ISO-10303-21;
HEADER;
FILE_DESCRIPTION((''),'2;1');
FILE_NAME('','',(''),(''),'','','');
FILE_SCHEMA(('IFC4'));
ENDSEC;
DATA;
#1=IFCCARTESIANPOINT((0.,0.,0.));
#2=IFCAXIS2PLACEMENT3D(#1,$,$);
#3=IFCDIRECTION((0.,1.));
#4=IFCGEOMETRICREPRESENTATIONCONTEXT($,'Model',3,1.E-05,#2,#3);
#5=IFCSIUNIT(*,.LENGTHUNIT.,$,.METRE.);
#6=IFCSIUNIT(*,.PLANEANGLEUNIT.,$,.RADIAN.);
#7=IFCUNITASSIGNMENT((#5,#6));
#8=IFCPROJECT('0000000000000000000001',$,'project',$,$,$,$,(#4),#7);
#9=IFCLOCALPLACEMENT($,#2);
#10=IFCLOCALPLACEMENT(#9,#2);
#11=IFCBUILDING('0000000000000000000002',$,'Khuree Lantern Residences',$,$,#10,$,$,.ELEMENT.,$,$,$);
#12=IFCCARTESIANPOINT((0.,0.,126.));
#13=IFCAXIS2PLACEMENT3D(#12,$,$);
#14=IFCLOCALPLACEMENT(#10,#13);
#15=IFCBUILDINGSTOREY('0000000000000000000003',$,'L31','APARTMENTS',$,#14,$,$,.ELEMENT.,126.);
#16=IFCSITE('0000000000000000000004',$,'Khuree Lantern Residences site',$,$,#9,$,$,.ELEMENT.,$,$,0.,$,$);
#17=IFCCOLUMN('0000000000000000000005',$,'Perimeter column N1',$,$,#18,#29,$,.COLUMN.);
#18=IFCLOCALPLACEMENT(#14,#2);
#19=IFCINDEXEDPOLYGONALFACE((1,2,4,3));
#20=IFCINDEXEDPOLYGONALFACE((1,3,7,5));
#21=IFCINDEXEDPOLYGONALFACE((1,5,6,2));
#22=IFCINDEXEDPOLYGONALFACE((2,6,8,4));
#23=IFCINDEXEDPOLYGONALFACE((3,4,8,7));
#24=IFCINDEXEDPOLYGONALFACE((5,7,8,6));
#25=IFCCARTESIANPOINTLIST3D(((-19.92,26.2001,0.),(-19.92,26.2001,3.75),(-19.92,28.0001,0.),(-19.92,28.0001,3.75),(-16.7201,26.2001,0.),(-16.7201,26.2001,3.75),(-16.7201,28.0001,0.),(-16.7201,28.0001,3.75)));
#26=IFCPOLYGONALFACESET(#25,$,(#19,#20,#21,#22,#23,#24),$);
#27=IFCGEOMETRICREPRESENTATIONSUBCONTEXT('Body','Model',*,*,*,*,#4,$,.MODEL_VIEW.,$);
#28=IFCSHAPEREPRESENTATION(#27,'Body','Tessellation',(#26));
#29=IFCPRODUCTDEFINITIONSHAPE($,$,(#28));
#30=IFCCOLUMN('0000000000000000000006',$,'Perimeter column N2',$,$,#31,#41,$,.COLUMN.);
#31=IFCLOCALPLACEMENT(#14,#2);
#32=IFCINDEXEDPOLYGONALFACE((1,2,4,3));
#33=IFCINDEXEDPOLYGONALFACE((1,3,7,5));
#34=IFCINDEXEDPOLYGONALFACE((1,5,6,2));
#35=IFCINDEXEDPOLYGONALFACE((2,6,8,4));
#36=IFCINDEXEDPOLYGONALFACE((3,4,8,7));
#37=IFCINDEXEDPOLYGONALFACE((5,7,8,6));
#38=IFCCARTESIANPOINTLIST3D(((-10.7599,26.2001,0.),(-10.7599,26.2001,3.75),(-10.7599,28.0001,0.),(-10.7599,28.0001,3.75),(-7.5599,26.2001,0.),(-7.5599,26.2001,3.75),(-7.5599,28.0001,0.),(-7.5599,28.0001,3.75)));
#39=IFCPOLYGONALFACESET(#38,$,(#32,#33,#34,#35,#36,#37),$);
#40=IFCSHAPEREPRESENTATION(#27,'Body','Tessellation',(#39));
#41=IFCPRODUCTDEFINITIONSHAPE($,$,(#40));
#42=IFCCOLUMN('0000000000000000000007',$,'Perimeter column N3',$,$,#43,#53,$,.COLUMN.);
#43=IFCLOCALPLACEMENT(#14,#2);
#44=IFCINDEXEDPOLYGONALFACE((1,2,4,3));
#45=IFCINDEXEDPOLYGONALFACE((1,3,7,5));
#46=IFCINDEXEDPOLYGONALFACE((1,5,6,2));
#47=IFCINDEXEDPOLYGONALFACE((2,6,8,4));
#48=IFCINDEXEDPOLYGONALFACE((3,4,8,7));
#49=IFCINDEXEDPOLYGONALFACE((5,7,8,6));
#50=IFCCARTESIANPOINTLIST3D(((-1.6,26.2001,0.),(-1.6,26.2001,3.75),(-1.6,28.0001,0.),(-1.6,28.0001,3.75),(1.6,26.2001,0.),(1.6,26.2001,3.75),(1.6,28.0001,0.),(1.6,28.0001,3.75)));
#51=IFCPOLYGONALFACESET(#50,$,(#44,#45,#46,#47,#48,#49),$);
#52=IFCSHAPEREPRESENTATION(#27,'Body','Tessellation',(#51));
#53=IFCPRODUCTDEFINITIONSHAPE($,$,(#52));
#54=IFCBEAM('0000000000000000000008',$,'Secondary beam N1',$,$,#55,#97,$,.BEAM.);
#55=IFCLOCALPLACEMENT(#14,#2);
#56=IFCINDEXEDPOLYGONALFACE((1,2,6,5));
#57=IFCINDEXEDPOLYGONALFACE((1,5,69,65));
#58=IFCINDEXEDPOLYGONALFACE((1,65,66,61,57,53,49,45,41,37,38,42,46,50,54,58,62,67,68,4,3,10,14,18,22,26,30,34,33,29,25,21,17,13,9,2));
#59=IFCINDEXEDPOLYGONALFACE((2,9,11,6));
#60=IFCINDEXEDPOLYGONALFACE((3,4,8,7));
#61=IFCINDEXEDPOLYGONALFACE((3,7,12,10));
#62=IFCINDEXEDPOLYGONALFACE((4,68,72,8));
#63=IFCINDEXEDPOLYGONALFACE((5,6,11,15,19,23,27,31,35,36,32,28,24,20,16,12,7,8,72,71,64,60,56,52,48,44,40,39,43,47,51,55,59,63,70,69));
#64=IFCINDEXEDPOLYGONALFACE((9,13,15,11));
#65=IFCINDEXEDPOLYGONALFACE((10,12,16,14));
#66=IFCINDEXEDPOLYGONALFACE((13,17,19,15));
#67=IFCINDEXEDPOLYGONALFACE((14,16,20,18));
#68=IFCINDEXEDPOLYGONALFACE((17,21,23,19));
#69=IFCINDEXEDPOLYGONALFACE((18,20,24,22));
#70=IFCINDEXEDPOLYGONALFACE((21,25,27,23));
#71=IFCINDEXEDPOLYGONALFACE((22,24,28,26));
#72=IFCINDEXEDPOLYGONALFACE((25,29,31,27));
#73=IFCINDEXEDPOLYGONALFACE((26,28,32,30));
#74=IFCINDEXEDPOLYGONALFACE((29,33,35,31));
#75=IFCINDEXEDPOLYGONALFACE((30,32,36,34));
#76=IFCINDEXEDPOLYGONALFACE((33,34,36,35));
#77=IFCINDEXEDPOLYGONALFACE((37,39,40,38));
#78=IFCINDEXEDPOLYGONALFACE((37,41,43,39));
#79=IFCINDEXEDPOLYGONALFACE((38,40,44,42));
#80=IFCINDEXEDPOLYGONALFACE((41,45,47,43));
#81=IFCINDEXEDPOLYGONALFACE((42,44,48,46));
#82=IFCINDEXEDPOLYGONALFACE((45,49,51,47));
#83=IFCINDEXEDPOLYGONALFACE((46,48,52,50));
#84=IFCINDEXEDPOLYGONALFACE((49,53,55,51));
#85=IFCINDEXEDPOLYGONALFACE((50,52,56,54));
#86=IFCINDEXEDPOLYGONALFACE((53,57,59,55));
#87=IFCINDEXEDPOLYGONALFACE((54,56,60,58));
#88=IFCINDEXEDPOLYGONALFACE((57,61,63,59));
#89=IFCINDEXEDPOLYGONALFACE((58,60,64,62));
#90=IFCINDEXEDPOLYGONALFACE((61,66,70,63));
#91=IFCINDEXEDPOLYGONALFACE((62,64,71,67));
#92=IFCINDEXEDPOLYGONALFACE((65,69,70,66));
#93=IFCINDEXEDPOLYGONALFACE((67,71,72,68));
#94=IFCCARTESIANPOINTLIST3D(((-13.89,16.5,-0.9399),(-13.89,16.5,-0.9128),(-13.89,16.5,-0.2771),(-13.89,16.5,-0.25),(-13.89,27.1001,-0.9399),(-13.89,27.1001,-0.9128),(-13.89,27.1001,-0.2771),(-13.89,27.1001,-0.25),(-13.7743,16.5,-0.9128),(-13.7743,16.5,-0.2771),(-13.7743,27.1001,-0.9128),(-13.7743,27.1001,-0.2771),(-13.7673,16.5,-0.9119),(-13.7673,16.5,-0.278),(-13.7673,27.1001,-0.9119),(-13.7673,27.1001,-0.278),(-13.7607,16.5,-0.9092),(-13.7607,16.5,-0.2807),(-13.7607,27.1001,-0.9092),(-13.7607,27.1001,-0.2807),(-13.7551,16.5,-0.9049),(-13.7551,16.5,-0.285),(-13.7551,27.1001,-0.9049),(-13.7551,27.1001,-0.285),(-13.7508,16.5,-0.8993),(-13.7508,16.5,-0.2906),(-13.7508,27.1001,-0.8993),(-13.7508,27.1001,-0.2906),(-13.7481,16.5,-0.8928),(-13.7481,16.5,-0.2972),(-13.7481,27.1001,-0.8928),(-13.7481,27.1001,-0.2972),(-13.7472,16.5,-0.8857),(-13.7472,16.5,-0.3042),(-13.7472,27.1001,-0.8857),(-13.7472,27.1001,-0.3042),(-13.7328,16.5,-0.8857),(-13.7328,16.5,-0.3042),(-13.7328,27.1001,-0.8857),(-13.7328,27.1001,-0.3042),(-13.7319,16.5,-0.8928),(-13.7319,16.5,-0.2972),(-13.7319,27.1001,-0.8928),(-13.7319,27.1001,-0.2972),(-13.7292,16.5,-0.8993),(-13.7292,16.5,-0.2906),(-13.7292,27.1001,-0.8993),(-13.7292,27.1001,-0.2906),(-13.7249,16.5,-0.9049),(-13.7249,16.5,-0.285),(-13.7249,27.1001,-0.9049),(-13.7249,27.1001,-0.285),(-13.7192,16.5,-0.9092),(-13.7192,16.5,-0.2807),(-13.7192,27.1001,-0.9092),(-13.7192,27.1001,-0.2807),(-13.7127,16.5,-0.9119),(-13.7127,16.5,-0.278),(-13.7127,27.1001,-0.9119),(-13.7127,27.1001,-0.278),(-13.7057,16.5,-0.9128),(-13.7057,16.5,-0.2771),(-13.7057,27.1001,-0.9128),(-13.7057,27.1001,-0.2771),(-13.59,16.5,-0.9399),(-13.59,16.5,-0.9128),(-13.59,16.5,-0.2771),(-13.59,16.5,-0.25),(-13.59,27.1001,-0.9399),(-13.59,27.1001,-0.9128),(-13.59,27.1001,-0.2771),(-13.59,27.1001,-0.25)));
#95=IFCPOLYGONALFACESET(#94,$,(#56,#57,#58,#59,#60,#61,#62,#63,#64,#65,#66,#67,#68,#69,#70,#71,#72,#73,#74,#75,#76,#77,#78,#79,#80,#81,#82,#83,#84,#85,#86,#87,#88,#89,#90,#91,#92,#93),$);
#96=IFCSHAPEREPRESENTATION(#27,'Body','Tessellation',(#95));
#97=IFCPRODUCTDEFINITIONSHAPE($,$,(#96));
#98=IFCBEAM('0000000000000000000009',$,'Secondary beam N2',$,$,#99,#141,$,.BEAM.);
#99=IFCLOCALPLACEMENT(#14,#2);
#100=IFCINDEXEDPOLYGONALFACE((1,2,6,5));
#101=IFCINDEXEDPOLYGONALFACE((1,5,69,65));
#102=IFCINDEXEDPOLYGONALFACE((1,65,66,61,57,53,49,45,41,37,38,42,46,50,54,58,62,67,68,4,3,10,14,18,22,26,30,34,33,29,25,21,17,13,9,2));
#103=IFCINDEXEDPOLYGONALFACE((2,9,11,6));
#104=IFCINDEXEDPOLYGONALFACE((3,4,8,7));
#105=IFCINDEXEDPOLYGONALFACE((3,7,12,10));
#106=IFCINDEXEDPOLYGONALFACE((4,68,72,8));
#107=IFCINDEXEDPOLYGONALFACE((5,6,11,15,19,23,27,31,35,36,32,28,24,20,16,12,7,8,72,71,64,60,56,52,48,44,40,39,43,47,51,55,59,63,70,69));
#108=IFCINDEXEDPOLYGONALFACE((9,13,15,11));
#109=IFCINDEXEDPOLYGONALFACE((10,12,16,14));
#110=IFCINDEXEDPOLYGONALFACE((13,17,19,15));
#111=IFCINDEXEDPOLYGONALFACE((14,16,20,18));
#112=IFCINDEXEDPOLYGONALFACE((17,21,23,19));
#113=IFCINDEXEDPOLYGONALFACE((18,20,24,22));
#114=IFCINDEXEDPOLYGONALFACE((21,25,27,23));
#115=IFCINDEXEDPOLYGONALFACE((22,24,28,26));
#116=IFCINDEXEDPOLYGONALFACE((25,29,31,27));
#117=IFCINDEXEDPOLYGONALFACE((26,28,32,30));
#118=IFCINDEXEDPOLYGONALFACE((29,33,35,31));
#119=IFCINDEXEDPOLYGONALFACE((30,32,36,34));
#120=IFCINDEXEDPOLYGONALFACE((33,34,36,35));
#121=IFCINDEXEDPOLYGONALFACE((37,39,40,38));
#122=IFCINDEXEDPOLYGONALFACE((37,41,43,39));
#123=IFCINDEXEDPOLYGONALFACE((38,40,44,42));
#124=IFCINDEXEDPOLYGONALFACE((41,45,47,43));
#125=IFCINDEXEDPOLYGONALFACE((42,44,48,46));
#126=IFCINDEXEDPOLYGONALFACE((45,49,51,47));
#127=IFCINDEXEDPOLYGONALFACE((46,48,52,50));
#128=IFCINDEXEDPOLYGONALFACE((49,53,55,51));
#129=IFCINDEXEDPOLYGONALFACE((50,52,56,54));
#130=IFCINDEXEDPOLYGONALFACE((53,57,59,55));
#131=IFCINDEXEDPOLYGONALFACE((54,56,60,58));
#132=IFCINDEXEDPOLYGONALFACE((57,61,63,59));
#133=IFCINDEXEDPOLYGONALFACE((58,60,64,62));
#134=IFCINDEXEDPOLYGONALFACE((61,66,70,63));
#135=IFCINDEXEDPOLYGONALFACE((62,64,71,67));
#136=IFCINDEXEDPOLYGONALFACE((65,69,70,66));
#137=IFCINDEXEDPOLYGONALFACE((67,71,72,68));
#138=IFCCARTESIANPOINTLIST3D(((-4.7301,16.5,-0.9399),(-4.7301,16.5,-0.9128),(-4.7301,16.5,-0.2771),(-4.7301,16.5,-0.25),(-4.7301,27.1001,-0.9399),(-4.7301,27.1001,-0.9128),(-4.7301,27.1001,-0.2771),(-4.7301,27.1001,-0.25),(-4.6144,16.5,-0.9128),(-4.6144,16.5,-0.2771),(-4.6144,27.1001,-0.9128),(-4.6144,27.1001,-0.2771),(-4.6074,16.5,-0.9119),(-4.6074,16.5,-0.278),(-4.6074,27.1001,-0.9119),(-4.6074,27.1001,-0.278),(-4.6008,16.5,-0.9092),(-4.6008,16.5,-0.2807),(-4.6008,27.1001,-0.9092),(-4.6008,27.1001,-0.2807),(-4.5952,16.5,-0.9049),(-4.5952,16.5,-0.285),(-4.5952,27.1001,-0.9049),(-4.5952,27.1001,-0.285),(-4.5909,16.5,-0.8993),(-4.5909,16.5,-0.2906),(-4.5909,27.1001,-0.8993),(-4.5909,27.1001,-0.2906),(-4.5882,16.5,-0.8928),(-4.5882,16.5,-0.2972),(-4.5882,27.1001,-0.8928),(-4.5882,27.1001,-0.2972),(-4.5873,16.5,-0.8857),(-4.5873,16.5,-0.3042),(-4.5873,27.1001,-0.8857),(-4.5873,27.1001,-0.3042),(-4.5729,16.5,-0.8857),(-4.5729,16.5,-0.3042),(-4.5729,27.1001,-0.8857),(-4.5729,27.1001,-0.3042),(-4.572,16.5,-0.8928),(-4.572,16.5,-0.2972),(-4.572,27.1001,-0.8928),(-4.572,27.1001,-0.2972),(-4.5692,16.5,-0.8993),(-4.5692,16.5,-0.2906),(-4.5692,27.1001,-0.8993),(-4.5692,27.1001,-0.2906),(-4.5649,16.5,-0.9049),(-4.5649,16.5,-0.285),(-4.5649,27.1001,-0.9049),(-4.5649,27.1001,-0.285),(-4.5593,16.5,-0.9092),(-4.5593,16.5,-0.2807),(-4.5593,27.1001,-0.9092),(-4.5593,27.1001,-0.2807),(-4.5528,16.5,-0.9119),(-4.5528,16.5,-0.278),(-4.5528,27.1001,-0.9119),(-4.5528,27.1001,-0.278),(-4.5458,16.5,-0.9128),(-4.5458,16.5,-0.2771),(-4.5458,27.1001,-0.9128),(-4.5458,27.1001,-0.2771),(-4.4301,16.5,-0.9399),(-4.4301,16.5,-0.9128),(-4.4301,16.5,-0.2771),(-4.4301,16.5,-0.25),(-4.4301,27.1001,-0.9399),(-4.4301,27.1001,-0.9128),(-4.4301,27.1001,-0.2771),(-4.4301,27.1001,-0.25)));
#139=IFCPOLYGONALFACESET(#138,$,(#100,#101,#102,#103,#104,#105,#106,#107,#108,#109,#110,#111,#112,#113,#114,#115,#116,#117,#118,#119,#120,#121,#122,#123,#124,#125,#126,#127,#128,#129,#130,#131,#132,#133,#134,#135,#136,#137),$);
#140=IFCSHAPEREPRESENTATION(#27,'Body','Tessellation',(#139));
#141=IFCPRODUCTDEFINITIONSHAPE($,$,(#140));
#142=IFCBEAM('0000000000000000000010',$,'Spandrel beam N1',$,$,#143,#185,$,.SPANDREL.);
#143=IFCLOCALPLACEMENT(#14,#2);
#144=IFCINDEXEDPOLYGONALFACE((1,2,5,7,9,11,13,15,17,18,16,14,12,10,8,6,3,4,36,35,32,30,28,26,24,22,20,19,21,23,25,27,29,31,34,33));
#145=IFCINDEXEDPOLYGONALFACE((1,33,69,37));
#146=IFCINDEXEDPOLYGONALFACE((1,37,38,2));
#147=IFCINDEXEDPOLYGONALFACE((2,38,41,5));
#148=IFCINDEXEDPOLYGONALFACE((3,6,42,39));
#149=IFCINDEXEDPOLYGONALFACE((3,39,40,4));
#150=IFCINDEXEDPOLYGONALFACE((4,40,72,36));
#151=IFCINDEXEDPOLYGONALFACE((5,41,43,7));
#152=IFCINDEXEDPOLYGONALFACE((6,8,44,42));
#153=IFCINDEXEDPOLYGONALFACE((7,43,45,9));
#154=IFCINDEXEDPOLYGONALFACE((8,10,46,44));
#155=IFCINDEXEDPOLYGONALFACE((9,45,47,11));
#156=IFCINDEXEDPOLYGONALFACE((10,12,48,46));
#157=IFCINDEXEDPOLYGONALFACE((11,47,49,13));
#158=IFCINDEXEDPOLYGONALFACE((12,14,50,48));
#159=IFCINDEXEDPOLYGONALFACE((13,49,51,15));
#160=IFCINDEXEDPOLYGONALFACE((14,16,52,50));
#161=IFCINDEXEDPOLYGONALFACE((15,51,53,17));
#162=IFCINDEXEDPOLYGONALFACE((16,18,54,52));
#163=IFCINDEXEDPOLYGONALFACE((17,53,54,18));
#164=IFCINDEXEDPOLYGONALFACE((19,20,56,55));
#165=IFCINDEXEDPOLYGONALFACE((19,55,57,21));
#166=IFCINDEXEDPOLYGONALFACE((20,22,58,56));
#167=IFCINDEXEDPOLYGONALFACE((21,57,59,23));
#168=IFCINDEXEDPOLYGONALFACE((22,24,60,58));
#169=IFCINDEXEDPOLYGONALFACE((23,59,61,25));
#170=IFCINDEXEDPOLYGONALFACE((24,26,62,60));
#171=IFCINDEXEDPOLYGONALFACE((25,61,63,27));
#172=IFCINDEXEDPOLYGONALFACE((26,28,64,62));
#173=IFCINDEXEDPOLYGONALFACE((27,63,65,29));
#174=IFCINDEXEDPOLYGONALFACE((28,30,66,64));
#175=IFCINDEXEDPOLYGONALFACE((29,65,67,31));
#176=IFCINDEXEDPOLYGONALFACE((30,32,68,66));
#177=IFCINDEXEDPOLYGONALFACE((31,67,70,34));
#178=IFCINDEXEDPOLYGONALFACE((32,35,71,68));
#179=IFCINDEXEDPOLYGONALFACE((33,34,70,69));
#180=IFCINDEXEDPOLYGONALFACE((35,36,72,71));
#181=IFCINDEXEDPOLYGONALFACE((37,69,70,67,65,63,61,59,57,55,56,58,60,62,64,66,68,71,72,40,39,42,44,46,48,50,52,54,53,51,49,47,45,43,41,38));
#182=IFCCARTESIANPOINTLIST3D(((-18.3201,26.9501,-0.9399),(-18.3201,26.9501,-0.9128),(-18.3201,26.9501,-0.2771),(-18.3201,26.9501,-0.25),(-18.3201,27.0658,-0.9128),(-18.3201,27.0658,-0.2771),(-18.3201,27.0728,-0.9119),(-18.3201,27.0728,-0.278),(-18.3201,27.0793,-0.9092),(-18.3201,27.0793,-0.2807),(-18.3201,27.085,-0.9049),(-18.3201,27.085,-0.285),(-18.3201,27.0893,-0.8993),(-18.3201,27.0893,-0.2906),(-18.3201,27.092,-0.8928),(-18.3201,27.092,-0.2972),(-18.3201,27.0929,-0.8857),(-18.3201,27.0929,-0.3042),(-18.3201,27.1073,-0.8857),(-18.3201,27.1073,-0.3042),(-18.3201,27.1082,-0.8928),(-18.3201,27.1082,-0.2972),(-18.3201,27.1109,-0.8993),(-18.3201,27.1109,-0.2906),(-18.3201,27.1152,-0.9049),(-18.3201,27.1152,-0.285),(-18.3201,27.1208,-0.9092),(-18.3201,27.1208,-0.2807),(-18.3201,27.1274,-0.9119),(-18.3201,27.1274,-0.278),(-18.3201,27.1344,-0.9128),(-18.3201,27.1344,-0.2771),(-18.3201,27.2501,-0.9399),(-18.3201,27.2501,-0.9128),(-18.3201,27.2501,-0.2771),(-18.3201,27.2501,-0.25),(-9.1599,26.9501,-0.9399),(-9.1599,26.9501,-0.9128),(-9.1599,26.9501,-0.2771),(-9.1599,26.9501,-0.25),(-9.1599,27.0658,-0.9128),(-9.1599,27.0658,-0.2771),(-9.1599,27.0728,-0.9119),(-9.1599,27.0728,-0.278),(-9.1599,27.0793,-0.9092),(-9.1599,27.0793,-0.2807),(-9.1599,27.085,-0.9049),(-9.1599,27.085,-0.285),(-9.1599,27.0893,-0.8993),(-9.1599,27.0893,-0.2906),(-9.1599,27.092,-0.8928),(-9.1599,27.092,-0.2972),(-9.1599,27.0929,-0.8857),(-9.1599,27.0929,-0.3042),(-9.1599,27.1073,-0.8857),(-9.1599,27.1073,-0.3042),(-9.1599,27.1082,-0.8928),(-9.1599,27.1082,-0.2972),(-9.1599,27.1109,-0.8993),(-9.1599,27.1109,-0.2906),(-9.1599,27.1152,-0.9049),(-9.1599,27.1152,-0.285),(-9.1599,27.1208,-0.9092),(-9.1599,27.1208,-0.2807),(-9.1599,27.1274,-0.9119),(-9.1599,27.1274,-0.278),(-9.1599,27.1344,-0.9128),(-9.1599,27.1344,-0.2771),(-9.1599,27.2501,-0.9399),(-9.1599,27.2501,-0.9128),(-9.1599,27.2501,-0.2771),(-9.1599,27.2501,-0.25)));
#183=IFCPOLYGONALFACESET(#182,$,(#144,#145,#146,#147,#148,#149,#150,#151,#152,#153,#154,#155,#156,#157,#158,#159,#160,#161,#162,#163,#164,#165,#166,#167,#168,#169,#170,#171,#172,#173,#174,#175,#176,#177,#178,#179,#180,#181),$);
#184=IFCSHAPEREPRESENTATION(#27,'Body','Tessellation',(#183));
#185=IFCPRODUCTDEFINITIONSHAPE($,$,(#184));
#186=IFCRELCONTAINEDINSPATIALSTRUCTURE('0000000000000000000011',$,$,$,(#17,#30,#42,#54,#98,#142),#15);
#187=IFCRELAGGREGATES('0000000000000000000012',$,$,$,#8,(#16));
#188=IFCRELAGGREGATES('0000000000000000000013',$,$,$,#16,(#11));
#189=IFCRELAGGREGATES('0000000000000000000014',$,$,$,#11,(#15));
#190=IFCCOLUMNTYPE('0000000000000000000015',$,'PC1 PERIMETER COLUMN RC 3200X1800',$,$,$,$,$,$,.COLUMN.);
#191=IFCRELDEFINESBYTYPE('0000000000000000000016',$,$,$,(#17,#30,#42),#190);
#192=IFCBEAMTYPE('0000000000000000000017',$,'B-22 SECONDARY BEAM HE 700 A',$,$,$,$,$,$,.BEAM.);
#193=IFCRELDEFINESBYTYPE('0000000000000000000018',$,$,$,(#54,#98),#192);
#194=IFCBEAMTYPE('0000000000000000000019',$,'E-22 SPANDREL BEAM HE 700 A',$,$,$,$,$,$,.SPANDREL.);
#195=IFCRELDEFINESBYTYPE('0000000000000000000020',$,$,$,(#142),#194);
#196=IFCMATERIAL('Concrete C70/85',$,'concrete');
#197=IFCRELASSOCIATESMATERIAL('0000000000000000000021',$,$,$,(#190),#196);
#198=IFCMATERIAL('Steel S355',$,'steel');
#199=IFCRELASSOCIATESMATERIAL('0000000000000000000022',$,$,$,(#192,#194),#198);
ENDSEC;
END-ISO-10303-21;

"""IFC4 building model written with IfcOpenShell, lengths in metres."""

from ifc_helpers import new_model, si_unit, direction, frame, origin, origin_2d, place, context, subcontext, project, spatial, rectangle, i_section, extrude, material, material_profile, profile_set, type_object, element, save


model = new_model("IFC4")

# Units and contexts
model_context = context("Model", 3, precision=1e-05, world=origin(), true_north=direction((0.0, 1.0)))
body_context = subcontext(model_context, "Body", "Model", "MODEL_VIEW")
ifc_project = project(units=[si_unit("LENGTHUNIT", "METRE"), si_unit("PLANEANGLEUNIT", "RADIAN")], contexts=[model_context])

# Site, building, storey
site_placement = place(None, origin())
site = spatial("IfcSite", under=ifc_project, at=site_placement, Name="Khuree Lantern Residences site", CompositionType="ELEMENT", RefElevation=0.0)
building_placement = place(site_placement, origin())
building = spatial("IfcBuilding", under=site, at=building_placement, Name="Khuree Lantern Residences", CompositionType="ELEMENT")
storey_placement = place(building_placement, frame((0.0, 0.0, 126.0)))
storey = spatial("IfcBuildingStorey", under=building, at=storey_placement, Name="L31", Description="APARTMENTS", CompositionType="ELEMENT", Elevation=126.0)

# Columns
ifc_material_1 = material(Name="Concrete C70/85", Category="concrete")
ifc_material_profile_1 = material_profile(ifc_material_1, rectangle(XDim=3.2, YDim=1.8, at=origin_2d()), Name="RC 3200X1800")
ifc_profile_set_1 = profile_set([ifc_material_profile_1], Name="Concrete C70/85")
column_type = type_object("IfcColumnType", Name="PC1 PERIMETER COLUMN RC 3200X1800", PredefinedType="COLUMN", material=ifc_profile_set_1)
for number, where, z_axis, x_axis, name in (
    (1, (-18.3201, 27.1001, 0.0), (0.0, 0.0, 1.0), (1.0, 0.0, 0.0), "Perimeter column N1"),
    (2, (-9.1599, 27.1001, 0.0), (0.0, 0.0, 1.0), (1.0, 0.0, 0.0), "Perimeter column N2"),
    (3, (0.0, 27.1001, 0.0), (0.0, 0.0, 1.0), (1.0, 0.0, 0.0), "Perimeter column N3"),
):
    element("IfcColumn", number, at=place(storey_placement, frame(where, z_axis=z_axis, x_axis=x_axis)), inside=storey, type_object=column_type, Name=name, PredefinedType="COLUMN", context=body_context, shape_type="SweptSolid", body=[
        extrude(rectangle(XDim=3.2, YDim=1.8, at=origin_2d()), origin(), (0.0, 0.0, 1.0), 3.75),
    ])

# Beams
ifc_material_2 = material(Name="Steel S355", Category="steel")
ifc_material_profile_2 = material_profile(ifc_material_2, i_section(OverallWidth=0.3, OverallDepth=0.6899, WebThickness=0.0144, FlangeThickness=0.0271, FilletRadius=0.0271, at=origin_2d()), Name="HE 700 A")
ifc_profile_set_2 = profile_set([ifc_material_profile_2], Name="Steel S355")
beam_type_1 = type_object("IfcBeamType", Name="B-22 SECONDARY BEAM HE 700 A", PredefinedType="BEAM", material=ifc_profile_set_2)
for number, where, z_axis, x_axis, name in (
    (4, (-13.74, 27.1001, -0.595), (0.0, -1.0, 0.0), (1.0, 0.0, 0.0), "Secondary beam N1"),
    (5, (-4.5801, 27.1001, -0.595), (0.0, -1.0, 0.0), (1.0, 0.0, 0.0), "Secondary beam N2"),
):
    element("IfcBeam", number, at=place(storey_placement, frame(where, z_axis=z_axis, x_axis=x_axis)), inside=storey, type_object=beam_type_1, Name=name, PredefinedType="BEAM", context=body_context, shape_type="SweptSolid", body=[
        extrude(i_section(OverallWidth=0.3, OverallDepth=0.6899, WebThickness=0.0144, FlangeThickness=0.0271, FilletRadius=0.0271, at=origin_2d()), origin(), (0.0, 0.0, 1.0), 10.6001),
    ])
ifc_material_profile_3 = material_profile(ifc_material_2, i_section(OverallWidth=0.3, OverallDepth=0.6899, WebThickness=0.0144, FlangeThickness=0.0271, FilletRadius=0.0271, at=origin_2d()), Name="HE 700 A")
ifc_profile_set_3 = profile_set([ifc_material_profile_3], Name="Steel S355")
beam_type_2 = type_object("IfcBeamType", Name="E-22 SPANDREL BEAM HE 700 A", PredefinedType="SPANDREL", material=ifc_profile_set_3)
beam_1_placement = place(storey_placement, frame((-18.3201, 27.1001, -0.595), z_axis=(1.0, 0.0, 0.0), x_axis=(0.0, 1.0, 0.0)))
element("IfcBeam", 6, at=beam_1_placement, inside=storey, type_object=beam_type_2, Name="Spandrel beam N1", PredefinedType="SPANDREL", context=body_context, shape_type="SweptSolid", body=[
    extrude(i_section(OverallWidth=0.3, OverallDepth=0.6899, WebThickness=0.0144, FlangeThickness=0.0271, FilletRadius=0.0271, at=origin_2d()), origin(), (0.0, 0.0, 1.0), 9.1602),
])

save(model, "model.ifc")
